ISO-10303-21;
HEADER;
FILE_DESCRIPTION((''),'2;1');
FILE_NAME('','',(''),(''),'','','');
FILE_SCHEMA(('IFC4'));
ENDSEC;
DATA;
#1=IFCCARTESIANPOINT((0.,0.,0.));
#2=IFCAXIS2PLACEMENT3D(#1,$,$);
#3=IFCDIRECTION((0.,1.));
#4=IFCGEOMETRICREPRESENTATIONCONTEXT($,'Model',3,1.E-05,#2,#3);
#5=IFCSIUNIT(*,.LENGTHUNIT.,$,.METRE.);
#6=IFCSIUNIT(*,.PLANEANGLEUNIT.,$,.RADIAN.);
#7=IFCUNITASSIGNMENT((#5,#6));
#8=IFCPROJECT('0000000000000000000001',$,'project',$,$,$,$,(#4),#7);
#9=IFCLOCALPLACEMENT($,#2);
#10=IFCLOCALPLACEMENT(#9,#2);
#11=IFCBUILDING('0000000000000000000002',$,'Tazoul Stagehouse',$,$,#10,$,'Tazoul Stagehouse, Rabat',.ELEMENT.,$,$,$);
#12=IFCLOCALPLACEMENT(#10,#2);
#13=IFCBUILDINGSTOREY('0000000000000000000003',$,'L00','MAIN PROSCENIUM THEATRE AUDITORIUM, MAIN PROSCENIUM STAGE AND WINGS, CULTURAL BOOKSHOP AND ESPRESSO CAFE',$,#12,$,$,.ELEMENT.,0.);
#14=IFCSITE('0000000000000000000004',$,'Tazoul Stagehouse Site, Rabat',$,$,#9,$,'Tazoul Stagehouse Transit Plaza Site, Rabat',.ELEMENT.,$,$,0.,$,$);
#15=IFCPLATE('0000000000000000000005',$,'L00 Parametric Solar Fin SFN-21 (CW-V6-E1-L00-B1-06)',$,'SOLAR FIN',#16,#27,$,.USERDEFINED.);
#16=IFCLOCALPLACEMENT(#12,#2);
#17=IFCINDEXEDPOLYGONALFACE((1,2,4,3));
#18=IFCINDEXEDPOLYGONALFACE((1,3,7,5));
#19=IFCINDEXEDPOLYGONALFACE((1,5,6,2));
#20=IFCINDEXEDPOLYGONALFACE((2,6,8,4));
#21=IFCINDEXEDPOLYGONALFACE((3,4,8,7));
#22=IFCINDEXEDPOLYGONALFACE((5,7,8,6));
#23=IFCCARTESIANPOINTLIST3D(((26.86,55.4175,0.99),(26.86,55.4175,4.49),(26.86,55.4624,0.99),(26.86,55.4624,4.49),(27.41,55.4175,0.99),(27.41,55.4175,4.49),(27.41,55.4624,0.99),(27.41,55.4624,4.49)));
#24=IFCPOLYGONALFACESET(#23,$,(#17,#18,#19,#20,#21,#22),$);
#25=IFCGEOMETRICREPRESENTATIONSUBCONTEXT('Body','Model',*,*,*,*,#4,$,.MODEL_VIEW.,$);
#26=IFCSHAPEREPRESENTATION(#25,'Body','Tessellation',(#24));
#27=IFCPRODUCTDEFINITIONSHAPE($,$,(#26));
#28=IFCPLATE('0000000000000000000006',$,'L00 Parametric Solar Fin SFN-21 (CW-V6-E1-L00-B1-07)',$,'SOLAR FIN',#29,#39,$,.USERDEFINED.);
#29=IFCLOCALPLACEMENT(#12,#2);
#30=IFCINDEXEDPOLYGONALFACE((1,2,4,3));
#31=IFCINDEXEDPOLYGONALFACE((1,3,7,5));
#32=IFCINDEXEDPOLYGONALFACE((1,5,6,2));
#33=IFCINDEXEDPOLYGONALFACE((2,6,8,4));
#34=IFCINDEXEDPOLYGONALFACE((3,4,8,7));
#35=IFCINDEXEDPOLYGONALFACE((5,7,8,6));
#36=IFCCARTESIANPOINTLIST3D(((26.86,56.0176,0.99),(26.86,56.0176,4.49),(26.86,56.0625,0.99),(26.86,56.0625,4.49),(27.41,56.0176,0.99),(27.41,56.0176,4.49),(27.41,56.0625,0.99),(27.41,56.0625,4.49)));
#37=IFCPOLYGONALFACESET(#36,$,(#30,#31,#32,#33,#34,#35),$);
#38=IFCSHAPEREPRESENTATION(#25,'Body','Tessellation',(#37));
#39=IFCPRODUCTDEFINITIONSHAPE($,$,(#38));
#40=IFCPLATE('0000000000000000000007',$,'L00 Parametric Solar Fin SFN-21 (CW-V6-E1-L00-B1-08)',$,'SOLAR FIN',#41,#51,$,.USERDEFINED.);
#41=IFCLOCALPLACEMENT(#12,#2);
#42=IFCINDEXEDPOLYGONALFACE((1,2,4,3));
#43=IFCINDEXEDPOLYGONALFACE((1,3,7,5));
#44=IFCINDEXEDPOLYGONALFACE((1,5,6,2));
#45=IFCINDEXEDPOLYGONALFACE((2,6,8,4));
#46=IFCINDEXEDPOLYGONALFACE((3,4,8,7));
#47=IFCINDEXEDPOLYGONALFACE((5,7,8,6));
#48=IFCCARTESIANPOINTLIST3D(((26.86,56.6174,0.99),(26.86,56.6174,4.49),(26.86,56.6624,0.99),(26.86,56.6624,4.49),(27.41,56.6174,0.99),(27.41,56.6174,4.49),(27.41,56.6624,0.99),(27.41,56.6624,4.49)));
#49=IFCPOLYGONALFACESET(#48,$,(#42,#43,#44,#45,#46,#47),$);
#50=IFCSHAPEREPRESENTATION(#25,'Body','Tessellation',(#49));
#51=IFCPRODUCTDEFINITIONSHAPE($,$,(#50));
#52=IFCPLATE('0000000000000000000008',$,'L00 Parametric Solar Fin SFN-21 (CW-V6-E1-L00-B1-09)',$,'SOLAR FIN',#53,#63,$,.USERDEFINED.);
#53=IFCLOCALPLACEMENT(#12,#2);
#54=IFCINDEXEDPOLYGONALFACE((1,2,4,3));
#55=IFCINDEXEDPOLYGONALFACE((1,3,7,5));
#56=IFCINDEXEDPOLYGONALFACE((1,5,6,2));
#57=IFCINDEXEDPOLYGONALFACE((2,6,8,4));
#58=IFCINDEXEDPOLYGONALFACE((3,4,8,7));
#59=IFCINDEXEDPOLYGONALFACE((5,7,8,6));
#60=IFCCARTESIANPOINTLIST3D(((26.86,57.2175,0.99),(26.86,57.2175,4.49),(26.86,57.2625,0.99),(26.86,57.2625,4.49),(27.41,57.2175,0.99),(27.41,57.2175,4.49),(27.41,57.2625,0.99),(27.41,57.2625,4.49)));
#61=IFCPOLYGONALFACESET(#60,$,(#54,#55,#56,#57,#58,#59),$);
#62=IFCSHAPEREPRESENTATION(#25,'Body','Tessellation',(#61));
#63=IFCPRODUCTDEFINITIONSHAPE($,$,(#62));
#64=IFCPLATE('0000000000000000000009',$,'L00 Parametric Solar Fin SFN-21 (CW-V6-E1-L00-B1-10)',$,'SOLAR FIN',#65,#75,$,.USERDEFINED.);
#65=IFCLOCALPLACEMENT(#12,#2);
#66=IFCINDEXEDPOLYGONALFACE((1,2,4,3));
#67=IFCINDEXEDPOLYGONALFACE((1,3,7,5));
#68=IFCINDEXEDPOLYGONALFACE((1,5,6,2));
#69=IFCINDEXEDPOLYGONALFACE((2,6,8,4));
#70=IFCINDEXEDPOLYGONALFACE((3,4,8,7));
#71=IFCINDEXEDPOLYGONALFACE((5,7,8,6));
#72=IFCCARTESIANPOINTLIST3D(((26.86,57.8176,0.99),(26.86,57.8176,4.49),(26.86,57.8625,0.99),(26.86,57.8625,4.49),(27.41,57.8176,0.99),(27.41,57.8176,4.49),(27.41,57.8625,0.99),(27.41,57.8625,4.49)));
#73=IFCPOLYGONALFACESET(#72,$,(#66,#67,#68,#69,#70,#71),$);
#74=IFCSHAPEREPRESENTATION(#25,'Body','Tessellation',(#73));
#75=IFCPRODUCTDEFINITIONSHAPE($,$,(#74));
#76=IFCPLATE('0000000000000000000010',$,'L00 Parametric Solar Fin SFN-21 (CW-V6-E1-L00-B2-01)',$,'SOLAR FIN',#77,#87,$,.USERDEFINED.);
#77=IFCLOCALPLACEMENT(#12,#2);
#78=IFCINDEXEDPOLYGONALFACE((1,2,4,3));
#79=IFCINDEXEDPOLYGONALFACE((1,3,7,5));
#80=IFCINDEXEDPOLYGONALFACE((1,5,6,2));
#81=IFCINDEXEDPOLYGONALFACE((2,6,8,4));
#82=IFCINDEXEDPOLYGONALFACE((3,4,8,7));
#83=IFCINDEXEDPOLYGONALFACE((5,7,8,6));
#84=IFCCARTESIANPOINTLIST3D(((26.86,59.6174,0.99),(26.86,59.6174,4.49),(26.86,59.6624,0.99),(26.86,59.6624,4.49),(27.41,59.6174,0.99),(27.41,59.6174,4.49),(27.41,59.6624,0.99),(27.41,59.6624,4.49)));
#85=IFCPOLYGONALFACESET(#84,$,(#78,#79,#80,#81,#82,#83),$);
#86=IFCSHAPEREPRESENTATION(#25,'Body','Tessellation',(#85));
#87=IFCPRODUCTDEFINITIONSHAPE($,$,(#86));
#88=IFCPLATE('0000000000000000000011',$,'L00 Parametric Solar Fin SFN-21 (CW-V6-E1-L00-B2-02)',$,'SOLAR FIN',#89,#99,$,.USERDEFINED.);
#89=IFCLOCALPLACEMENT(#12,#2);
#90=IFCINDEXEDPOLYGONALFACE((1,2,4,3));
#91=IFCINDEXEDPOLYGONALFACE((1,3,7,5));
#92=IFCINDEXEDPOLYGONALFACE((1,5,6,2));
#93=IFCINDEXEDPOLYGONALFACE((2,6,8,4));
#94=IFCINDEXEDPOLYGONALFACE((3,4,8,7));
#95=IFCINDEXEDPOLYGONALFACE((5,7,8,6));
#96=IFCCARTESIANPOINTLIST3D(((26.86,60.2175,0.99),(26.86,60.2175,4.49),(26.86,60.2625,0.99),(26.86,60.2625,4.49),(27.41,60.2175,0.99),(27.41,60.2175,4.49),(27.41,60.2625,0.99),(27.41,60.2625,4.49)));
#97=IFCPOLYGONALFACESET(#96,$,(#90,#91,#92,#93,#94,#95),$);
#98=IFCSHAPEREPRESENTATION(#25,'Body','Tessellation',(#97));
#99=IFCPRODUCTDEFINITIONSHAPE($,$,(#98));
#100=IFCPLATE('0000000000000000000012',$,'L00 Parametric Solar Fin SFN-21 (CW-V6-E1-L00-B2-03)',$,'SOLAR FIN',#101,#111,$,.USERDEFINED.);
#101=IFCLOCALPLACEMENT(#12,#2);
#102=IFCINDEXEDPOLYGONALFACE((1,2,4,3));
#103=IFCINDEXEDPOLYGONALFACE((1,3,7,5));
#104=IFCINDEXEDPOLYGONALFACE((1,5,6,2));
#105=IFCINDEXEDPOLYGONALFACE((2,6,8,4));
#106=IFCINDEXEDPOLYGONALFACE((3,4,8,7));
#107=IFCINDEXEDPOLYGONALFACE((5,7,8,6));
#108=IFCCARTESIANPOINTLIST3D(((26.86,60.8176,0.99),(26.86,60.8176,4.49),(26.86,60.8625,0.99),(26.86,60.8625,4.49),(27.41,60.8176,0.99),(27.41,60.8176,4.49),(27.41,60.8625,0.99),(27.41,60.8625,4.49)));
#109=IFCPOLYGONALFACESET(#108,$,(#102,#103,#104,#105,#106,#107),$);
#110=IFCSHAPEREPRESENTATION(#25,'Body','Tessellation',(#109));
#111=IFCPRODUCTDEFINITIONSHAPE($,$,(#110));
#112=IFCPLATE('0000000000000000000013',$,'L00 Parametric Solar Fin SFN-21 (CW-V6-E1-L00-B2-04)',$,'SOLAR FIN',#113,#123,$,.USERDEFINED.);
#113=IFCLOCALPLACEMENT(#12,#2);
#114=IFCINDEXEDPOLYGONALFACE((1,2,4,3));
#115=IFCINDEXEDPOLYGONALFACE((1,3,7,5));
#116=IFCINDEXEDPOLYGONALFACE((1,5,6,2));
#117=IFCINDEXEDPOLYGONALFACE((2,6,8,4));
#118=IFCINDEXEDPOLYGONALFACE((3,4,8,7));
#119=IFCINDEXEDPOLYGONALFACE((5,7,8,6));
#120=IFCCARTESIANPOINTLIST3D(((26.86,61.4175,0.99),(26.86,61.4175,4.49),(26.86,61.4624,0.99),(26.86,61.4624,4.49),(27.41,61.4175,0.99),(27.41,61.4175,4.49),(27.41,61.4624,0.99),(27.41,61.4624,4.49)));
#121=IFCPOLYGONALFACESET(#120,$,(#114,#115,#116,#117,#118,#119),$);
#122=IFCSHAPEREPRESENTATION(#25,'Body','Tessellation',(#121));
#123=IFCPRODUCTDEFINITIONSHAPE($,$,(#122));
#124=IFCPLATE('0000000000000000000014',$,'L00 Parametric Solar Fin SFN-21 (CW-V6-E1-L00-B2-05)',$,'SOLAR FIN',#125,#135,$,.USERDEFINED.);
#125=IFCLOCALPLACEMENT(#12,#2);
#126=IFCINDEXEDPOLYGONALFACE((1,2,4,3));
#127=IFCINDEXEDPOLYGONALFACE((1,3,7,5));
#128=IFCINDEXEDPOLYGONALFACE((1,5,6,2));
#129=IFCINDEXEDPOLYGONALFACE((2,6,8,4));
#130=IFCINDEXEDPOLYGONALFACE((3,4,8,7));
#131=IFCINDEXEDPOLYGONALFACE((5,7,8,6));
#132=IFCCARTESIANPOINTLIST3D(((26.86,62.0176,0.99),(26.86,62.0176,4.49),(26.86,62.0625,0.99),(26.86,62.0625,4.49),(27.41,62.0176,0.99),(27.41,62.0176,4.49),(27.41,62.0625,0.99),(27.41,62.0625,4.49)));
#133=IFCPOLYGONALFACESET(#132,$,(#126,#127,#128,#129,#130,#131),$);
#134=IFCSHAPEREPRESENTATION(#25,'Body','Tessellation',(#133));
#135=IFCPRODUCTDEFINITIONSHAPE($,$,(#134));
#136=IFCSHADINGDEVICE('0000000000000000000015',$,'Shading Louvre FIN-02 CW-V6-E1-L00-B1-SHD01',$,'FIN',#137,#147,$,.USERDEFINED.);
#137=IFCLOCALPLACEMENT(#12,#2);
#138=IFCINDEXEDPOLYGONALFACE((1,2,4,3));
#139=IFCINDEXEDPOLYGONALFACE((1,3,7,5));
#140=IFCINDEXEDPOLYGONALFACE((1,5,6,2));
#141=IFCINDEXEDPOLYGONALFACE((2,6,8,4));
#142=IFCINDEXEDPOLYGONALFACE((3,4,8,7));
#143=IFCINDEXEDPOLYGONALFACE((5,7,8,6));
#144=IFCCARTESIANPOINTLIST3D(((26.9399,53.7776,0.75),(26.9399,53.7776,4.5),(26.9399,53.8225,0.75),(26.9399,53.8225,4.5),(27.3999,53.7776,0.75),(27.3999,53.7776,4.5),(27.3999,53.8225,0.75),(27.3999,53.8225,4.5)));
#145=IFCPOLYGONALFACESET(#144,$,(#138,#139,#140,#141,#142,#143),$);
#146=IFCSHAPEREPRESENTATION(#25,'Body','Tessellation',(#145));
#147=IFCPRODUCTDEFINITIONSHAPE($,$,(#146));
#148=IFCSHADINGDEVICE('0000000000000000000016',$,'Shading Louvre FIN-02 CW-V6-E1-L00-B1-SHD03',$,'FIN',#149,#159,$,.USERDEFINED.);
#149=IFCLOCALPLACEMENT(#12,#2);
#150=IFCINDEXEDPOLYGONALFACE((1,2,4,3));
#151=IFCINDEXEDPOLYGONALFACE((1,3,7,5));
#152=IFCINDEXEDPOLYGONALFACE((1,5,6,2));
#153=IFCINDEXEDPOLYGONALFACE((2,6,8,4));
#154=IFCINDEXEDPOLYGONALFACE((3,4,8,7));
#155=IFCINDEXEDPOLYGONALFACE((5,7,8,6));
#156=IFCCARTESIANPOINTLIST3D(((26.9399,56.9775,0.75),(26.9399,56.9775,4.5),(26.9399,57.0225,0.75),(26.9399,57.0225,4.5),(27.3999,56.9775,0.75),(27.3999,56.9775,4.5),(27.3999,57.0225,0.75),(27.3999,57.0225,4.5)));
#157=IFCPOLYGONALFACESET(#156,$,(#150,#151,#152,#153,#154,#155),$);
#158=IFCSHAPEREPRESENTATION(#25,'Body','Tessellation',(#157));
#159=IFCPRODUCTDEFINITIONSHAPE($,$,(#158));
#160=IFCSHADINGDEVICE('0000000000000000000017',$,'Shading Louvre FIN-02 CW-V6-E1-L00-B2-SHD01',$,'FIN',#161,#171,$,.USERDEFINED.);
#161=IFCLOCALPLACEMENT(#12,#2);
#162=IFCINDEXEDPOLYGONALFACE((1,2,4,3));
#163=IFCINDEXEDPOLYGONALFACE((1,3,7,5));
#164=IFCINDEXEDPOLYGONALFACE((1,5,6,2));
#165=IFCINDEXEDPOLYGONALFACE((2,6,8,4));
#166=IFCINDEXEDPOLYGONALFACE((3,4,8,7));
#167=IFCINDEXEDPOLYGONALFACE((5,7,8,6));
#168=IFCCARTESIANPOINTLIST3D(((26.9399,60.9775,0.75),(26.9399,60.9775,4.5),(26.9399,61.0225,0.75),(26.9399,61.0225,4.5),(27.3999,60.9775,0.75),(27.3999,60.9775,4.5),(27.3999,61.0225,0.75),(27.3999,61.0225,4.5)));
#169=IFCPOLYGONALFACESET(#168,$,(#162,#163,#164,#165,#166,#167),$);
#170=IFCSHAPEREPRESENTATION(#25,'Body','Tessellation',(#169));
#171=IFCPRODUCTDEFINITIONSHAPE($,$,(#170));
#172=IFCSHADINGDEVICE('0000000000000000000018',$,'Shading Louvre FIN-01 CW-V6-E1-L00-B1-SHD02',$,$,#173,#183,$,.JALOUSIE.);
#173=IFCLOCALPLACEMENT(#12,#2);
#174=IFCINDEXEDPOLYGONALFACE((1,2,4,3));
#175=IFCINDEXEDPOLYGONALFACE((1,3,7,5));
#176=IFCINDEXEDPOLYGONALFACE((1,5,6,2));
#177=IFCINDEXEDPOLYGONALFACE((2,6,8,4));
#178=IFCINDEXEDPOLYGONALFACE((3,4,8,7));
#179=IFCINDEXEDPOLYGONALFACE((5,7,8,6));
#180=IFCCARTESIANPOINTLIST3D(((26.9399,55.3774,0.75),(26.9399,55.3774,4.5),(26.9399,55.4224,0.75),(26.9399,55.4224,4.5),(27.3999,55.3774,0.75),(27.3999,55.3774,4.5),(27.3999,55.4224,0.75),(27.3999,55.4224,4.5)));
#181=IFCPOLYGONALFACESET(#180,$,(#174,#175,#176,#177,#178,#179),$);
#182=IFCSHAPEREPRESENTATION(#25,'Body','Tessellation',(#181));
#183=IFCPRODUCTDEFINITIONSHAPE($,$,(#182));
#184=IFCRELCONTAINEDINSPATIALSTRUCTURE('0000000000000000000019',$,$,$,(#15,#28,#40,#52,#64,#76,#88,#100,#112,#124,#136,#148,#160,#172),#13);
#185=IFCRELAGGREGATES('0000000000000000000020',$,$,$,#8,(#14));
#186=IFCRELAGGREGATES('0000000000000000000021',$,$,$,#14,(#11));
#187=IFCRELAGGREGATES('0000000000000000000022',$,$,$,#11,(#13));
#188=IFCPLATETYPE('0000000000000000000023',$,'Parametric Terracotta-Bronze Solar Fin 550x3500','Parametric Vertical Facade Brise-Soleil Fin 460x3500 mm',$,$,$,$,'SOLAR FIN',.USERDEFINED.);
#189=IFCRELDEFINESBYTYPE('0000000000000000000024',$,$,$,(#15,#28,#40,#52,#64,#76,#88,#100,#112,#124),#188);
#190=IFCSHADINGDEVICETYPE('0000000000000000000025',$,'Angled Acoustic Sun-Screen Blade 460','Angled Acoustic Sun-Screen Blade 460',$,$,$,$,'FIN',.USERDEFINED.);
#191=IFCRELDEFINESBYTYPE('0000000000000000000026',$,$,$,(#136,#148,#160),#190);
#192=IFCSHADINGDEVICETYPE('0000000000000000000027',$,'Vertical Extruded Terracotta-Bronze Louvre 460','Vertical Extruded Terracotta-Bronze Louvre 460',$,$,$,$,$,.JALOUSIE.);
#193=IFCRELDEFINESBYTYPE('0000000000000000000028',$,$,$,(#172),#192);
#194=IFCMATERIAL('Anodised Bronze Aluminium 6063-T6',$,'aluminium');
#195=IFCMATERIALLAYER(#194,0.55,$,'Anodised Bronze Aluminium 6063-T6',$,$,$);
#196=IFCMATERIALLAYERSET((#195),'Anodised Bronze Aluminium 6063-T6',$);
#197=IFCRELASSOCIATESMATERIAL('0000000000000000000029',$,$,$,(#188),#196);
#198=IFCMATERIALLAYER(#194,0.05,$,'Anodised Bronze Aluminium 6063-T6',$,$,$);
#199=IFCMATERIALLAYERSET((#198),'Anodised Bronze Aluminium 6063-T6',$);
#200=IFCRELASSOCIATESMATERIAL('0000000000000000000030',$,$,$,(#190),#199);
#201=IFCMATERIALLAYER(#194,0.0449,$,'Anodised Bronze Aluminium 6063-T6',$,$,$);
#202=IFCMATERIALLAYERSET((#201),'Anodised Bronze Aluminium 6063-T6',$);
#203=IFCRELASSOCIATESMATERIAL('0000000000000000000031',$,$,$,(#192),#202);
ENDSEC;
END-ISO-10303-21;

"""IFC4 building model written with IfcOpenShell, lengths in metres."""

from ifc_helpers import new_model, si_unit, direction, frame, origin, origin_2d, place, context, subcontext, project, spatial, rectangle, extrude, material, layer, layer_set, type_object, element, save


model = new_model("IFC4")

# Units and contexts
model_context = context("Model", 3, precision=1e-05, world=origin(), true_north=direction((0.0, 1.0)))
body_context = subcontext(model_context, "Body", "Model", "MODEL_VIEW")
ifc_project = project(units=[si_unit("LENGTHUNIT", "METRE"), si_unit("PLANEANGLEUNIT", "RADIAN")], contexts=[model_context])

# Site, building, storey
site_placement = place(None, origin())
site = spatial("IfcSite", under=ifc_project, at=site_placement, Name="Tazoul Stagehouse Site, Rabat", LongName="Tazoul Stagehouse Transit Plaza Site, Rabat", CompositionType="ELEMENT", RefElevation=0.0)
building_placement = place(site_placement, origin())
building = spatial("IfcBuilding", under=site, at=building_placement, Name="Tazoul Stagehouse", LongName="Tazoul Stagehouse, Rabat", CompositionType="ELEMENT")
storey_placement = place(building_placement, origin())
storey = spatial("IfcBuildingStorey", under=building, at=storey_placement, Name="L00", Description="MAIN PROSCENIUM THEATRE AUDITORIUM, MAIN PROSCENIUM STAGE AND WINGS, CULTURAL BOOKSHOP AND ESPRESSO CAFE", CompositionType="ELEMENT", Elevation=0.0)

# Plates
ifc_material_1 = material(Name="Anodised Bronze Aluminium 6063-T6", Category="aluminium")
ifc_layer_1 = layer(ifc_material_1, 0.55, Name="Anodised Bronze Aluminium 6063-T6")
ifc_layer_set_1 = layer_set([ifc_layer_1], Name="Anodised Bronze Aluminium 6063-T6")
plate_type = type_object("IfcPlateType", Name="Parametric Terracotta-Bronze Solar Fin 550x3500", Description="Parametric Vertical Facade Brise-Soleil Fin 460x3500 mm", ElementType="SOLAR FIN", PredefinedType="USERDEFINED", material=ifc_layer_set_1)
for number, where, z_axis, x_axis, name in (
    (1, (27.135, 55.4399, 0.99), (0.0, 0.0, 1.0), (0.0, 1.0, 0.0), "L00 Parametric Solar Fin SFN-21 (CW-V6-E1-L00-B1-06)"),
    (2, (27.135, 56.04, 0.99), (0.0, 0.0, 1.0), (0.0, 1.0, 0.0), "L00 Parametric Solar Fin SFN-21 (CW-V6-E1-L00-B1-07)"),
    (3, (27.135, 56.6399, 0.99), (0.0, 0.0, 1.0), (0.0, 1.0, 0.0), "L00 Parametric Solar Fin SFN-21 (CW-V6-E1-L00-B1-08)"),
    (4, (27.135, 57.24, 0.99), (0.0, 0.0, 1.0), (0.0, 1.0, 0.0), "L00 Parametric Solar Fin SFN-21 (CW-V6-E1-L00-B1-09)"),
    (5, (27.135, 57.8401, 0.99), (0.0, 0.0, 1.0), (0.0, 1.0, 0.0), "L00 Parametric Solar Fin SFN-21 (CW-V6-E1-L00-B1-10)"),
    (6, (27.135, 59.6399, 0.99), (0.0, 0.0, 1.0), (0.0, 1.0, 0.0), "L00 Parametric Solar Fin SFN-21 (CW-V6-E1-L00-B2-01)"),
    (7, (27.135, 60.24, 0.99), (0.0, 0.0, 1.0), (0.0, 1.0, 0.0), "L00 Parametric Solar Fin SFN-21 (CW-V6-E1-L00-B2-02)"),
    (8, (27.135, 60.8401, 0.99), (0.0, 0.0, 1.0), (0.0, 1.0, 0.0), "L00 Parametric Solar Fin SFN-21 (CW-V6-E1-L00-B2-03)"),
    (9, (27.135, 61.4399, 0.99), (0.0, 0.0, 1.0), (0.0, 1.0, 0.0), "L00 Parametric Solar Fin SFN-21 (CW-V6-E1-L00-B2-04)"),
    (10, (27.135, 62.04, 0.99), (0.0, 0.0, 1.0), (0.0, 1.0, 0.0), "L00 Parametric Solar Fin SFN-21 (CW-V6-E1-L00-B2-05)"),
):
    element("IfcPlate", number, at=place(storey_placement, frame(where, z_axis=z_axis, x_axis=x_axis)), inside=storey, type_object=plate_type, Name=name, ObjectType="SOLAR FIN", PredefinedType="USERDEFINED", context=body_context, shape_type="SweptSolid", body=[
        extrude(rectangle(XDim=0.0449, YDim=0.55, at=origin_2d()), origin(), (0.0, 0.0, 1.0), 3.5),
    ])

# Shading devices
ifc_layer_2 = layer(ifc_material_1, 0.05, Name="Anodised Bronze Aluminium 6063-T6")
ifc_layer_set_2 = layer_set([ifc_layer_2], Name="Anodised Bronze Aluminium 6063-T6")
shading_device_type_1 = type_object("IfcShadingDeviceType", Name="Angled Acoustic Sun-Screen Blade 460", Description="Angled Acoustic Sun-Screen Blade 460", ElementType="FIN", PredefinedType="USERDEFINED", material=ifc_layer_set_2)
for number, where, z_axis, x_axis, name in (
    (11, (27.1699, 53.8, 0.75), (0.0, 0.0, 1.0), (0.0, 1.0, 0.0), "Shading Louvre FIN-02 CW-V6-E1-L00-B1-SHD01"),
    (12, (27.1699, 57.0, 0.75), (0.0, 0.0, 1.0), (0.0, 1.0, 0.0), "Shading Louvre FIN-02 CW-V6-E1-L00-B1-SHD03"),
    (13, (27.1699, 61.0, 0.75), (0.0, 0.0, 1.0), (0.0, 1.0, 0.0), "Shading Louvre FIN-02 CW-V6-E1-L00-B2-SHD01"),
):
    element("IfcShadingDevice", number, at=place(storey_placement, frame(where, z_axis=z_axis, x_axis=x_axis)), inside=storey, type_object=shading_device_type_1, Name=name, ObjectType="FIN", PredefinedType="USERDEFINED", context=body_context, shape_type="SweptSolid", body=[
        extrude(rectangle(XDim=0.0449, YDim=0.46, at=origin_2d()), origin(), (0.0, 0.0, 1.0), 3.75),
    ])
ifc_layer_3 = layer(ifc_material_1, 0.0449, Name="Anodised Bronze Aluminium 6063-T6")
ifc_layer_set_3 = layer_set([ifc_layer_3], Name="Anodised Bronze Aluminium 6063-T6")
shading_device_type_2 = type_object("IfcShadingDeviceType", Name="Vertical Extruded Terracotta-Bronze Louvre 460", Description="Vertical Extruded Terracotta-Bronze Louvre 460", PredefinedType="JALOUSIE", material=ifc_layer_set_3)
shading_device_placement = place(storey_placement, frame((27.1699, 55.3999, 0.75), z_axis=(0.0, 0.0, 1.0), x_axis=(0.0, 1.0, 0.0)))
element("IfcShadingDevice", 14, at=shading_device_placement, inside=storey, type_object=shading_device_type_2, Name="Shading Louvre FIN-01 CW-V6-E1-L00-B1-SHD02", PredefinedType="JALOUSIE", context=body_context, shape_type="SweptSolid", body=[
    extrude(rectangle(XDim=0.0449, YDim=0.46, at=origin_2d()), origin(), (0.0, 0.0, 1.0), 3.75),
])

save(model, "model.ifc")
